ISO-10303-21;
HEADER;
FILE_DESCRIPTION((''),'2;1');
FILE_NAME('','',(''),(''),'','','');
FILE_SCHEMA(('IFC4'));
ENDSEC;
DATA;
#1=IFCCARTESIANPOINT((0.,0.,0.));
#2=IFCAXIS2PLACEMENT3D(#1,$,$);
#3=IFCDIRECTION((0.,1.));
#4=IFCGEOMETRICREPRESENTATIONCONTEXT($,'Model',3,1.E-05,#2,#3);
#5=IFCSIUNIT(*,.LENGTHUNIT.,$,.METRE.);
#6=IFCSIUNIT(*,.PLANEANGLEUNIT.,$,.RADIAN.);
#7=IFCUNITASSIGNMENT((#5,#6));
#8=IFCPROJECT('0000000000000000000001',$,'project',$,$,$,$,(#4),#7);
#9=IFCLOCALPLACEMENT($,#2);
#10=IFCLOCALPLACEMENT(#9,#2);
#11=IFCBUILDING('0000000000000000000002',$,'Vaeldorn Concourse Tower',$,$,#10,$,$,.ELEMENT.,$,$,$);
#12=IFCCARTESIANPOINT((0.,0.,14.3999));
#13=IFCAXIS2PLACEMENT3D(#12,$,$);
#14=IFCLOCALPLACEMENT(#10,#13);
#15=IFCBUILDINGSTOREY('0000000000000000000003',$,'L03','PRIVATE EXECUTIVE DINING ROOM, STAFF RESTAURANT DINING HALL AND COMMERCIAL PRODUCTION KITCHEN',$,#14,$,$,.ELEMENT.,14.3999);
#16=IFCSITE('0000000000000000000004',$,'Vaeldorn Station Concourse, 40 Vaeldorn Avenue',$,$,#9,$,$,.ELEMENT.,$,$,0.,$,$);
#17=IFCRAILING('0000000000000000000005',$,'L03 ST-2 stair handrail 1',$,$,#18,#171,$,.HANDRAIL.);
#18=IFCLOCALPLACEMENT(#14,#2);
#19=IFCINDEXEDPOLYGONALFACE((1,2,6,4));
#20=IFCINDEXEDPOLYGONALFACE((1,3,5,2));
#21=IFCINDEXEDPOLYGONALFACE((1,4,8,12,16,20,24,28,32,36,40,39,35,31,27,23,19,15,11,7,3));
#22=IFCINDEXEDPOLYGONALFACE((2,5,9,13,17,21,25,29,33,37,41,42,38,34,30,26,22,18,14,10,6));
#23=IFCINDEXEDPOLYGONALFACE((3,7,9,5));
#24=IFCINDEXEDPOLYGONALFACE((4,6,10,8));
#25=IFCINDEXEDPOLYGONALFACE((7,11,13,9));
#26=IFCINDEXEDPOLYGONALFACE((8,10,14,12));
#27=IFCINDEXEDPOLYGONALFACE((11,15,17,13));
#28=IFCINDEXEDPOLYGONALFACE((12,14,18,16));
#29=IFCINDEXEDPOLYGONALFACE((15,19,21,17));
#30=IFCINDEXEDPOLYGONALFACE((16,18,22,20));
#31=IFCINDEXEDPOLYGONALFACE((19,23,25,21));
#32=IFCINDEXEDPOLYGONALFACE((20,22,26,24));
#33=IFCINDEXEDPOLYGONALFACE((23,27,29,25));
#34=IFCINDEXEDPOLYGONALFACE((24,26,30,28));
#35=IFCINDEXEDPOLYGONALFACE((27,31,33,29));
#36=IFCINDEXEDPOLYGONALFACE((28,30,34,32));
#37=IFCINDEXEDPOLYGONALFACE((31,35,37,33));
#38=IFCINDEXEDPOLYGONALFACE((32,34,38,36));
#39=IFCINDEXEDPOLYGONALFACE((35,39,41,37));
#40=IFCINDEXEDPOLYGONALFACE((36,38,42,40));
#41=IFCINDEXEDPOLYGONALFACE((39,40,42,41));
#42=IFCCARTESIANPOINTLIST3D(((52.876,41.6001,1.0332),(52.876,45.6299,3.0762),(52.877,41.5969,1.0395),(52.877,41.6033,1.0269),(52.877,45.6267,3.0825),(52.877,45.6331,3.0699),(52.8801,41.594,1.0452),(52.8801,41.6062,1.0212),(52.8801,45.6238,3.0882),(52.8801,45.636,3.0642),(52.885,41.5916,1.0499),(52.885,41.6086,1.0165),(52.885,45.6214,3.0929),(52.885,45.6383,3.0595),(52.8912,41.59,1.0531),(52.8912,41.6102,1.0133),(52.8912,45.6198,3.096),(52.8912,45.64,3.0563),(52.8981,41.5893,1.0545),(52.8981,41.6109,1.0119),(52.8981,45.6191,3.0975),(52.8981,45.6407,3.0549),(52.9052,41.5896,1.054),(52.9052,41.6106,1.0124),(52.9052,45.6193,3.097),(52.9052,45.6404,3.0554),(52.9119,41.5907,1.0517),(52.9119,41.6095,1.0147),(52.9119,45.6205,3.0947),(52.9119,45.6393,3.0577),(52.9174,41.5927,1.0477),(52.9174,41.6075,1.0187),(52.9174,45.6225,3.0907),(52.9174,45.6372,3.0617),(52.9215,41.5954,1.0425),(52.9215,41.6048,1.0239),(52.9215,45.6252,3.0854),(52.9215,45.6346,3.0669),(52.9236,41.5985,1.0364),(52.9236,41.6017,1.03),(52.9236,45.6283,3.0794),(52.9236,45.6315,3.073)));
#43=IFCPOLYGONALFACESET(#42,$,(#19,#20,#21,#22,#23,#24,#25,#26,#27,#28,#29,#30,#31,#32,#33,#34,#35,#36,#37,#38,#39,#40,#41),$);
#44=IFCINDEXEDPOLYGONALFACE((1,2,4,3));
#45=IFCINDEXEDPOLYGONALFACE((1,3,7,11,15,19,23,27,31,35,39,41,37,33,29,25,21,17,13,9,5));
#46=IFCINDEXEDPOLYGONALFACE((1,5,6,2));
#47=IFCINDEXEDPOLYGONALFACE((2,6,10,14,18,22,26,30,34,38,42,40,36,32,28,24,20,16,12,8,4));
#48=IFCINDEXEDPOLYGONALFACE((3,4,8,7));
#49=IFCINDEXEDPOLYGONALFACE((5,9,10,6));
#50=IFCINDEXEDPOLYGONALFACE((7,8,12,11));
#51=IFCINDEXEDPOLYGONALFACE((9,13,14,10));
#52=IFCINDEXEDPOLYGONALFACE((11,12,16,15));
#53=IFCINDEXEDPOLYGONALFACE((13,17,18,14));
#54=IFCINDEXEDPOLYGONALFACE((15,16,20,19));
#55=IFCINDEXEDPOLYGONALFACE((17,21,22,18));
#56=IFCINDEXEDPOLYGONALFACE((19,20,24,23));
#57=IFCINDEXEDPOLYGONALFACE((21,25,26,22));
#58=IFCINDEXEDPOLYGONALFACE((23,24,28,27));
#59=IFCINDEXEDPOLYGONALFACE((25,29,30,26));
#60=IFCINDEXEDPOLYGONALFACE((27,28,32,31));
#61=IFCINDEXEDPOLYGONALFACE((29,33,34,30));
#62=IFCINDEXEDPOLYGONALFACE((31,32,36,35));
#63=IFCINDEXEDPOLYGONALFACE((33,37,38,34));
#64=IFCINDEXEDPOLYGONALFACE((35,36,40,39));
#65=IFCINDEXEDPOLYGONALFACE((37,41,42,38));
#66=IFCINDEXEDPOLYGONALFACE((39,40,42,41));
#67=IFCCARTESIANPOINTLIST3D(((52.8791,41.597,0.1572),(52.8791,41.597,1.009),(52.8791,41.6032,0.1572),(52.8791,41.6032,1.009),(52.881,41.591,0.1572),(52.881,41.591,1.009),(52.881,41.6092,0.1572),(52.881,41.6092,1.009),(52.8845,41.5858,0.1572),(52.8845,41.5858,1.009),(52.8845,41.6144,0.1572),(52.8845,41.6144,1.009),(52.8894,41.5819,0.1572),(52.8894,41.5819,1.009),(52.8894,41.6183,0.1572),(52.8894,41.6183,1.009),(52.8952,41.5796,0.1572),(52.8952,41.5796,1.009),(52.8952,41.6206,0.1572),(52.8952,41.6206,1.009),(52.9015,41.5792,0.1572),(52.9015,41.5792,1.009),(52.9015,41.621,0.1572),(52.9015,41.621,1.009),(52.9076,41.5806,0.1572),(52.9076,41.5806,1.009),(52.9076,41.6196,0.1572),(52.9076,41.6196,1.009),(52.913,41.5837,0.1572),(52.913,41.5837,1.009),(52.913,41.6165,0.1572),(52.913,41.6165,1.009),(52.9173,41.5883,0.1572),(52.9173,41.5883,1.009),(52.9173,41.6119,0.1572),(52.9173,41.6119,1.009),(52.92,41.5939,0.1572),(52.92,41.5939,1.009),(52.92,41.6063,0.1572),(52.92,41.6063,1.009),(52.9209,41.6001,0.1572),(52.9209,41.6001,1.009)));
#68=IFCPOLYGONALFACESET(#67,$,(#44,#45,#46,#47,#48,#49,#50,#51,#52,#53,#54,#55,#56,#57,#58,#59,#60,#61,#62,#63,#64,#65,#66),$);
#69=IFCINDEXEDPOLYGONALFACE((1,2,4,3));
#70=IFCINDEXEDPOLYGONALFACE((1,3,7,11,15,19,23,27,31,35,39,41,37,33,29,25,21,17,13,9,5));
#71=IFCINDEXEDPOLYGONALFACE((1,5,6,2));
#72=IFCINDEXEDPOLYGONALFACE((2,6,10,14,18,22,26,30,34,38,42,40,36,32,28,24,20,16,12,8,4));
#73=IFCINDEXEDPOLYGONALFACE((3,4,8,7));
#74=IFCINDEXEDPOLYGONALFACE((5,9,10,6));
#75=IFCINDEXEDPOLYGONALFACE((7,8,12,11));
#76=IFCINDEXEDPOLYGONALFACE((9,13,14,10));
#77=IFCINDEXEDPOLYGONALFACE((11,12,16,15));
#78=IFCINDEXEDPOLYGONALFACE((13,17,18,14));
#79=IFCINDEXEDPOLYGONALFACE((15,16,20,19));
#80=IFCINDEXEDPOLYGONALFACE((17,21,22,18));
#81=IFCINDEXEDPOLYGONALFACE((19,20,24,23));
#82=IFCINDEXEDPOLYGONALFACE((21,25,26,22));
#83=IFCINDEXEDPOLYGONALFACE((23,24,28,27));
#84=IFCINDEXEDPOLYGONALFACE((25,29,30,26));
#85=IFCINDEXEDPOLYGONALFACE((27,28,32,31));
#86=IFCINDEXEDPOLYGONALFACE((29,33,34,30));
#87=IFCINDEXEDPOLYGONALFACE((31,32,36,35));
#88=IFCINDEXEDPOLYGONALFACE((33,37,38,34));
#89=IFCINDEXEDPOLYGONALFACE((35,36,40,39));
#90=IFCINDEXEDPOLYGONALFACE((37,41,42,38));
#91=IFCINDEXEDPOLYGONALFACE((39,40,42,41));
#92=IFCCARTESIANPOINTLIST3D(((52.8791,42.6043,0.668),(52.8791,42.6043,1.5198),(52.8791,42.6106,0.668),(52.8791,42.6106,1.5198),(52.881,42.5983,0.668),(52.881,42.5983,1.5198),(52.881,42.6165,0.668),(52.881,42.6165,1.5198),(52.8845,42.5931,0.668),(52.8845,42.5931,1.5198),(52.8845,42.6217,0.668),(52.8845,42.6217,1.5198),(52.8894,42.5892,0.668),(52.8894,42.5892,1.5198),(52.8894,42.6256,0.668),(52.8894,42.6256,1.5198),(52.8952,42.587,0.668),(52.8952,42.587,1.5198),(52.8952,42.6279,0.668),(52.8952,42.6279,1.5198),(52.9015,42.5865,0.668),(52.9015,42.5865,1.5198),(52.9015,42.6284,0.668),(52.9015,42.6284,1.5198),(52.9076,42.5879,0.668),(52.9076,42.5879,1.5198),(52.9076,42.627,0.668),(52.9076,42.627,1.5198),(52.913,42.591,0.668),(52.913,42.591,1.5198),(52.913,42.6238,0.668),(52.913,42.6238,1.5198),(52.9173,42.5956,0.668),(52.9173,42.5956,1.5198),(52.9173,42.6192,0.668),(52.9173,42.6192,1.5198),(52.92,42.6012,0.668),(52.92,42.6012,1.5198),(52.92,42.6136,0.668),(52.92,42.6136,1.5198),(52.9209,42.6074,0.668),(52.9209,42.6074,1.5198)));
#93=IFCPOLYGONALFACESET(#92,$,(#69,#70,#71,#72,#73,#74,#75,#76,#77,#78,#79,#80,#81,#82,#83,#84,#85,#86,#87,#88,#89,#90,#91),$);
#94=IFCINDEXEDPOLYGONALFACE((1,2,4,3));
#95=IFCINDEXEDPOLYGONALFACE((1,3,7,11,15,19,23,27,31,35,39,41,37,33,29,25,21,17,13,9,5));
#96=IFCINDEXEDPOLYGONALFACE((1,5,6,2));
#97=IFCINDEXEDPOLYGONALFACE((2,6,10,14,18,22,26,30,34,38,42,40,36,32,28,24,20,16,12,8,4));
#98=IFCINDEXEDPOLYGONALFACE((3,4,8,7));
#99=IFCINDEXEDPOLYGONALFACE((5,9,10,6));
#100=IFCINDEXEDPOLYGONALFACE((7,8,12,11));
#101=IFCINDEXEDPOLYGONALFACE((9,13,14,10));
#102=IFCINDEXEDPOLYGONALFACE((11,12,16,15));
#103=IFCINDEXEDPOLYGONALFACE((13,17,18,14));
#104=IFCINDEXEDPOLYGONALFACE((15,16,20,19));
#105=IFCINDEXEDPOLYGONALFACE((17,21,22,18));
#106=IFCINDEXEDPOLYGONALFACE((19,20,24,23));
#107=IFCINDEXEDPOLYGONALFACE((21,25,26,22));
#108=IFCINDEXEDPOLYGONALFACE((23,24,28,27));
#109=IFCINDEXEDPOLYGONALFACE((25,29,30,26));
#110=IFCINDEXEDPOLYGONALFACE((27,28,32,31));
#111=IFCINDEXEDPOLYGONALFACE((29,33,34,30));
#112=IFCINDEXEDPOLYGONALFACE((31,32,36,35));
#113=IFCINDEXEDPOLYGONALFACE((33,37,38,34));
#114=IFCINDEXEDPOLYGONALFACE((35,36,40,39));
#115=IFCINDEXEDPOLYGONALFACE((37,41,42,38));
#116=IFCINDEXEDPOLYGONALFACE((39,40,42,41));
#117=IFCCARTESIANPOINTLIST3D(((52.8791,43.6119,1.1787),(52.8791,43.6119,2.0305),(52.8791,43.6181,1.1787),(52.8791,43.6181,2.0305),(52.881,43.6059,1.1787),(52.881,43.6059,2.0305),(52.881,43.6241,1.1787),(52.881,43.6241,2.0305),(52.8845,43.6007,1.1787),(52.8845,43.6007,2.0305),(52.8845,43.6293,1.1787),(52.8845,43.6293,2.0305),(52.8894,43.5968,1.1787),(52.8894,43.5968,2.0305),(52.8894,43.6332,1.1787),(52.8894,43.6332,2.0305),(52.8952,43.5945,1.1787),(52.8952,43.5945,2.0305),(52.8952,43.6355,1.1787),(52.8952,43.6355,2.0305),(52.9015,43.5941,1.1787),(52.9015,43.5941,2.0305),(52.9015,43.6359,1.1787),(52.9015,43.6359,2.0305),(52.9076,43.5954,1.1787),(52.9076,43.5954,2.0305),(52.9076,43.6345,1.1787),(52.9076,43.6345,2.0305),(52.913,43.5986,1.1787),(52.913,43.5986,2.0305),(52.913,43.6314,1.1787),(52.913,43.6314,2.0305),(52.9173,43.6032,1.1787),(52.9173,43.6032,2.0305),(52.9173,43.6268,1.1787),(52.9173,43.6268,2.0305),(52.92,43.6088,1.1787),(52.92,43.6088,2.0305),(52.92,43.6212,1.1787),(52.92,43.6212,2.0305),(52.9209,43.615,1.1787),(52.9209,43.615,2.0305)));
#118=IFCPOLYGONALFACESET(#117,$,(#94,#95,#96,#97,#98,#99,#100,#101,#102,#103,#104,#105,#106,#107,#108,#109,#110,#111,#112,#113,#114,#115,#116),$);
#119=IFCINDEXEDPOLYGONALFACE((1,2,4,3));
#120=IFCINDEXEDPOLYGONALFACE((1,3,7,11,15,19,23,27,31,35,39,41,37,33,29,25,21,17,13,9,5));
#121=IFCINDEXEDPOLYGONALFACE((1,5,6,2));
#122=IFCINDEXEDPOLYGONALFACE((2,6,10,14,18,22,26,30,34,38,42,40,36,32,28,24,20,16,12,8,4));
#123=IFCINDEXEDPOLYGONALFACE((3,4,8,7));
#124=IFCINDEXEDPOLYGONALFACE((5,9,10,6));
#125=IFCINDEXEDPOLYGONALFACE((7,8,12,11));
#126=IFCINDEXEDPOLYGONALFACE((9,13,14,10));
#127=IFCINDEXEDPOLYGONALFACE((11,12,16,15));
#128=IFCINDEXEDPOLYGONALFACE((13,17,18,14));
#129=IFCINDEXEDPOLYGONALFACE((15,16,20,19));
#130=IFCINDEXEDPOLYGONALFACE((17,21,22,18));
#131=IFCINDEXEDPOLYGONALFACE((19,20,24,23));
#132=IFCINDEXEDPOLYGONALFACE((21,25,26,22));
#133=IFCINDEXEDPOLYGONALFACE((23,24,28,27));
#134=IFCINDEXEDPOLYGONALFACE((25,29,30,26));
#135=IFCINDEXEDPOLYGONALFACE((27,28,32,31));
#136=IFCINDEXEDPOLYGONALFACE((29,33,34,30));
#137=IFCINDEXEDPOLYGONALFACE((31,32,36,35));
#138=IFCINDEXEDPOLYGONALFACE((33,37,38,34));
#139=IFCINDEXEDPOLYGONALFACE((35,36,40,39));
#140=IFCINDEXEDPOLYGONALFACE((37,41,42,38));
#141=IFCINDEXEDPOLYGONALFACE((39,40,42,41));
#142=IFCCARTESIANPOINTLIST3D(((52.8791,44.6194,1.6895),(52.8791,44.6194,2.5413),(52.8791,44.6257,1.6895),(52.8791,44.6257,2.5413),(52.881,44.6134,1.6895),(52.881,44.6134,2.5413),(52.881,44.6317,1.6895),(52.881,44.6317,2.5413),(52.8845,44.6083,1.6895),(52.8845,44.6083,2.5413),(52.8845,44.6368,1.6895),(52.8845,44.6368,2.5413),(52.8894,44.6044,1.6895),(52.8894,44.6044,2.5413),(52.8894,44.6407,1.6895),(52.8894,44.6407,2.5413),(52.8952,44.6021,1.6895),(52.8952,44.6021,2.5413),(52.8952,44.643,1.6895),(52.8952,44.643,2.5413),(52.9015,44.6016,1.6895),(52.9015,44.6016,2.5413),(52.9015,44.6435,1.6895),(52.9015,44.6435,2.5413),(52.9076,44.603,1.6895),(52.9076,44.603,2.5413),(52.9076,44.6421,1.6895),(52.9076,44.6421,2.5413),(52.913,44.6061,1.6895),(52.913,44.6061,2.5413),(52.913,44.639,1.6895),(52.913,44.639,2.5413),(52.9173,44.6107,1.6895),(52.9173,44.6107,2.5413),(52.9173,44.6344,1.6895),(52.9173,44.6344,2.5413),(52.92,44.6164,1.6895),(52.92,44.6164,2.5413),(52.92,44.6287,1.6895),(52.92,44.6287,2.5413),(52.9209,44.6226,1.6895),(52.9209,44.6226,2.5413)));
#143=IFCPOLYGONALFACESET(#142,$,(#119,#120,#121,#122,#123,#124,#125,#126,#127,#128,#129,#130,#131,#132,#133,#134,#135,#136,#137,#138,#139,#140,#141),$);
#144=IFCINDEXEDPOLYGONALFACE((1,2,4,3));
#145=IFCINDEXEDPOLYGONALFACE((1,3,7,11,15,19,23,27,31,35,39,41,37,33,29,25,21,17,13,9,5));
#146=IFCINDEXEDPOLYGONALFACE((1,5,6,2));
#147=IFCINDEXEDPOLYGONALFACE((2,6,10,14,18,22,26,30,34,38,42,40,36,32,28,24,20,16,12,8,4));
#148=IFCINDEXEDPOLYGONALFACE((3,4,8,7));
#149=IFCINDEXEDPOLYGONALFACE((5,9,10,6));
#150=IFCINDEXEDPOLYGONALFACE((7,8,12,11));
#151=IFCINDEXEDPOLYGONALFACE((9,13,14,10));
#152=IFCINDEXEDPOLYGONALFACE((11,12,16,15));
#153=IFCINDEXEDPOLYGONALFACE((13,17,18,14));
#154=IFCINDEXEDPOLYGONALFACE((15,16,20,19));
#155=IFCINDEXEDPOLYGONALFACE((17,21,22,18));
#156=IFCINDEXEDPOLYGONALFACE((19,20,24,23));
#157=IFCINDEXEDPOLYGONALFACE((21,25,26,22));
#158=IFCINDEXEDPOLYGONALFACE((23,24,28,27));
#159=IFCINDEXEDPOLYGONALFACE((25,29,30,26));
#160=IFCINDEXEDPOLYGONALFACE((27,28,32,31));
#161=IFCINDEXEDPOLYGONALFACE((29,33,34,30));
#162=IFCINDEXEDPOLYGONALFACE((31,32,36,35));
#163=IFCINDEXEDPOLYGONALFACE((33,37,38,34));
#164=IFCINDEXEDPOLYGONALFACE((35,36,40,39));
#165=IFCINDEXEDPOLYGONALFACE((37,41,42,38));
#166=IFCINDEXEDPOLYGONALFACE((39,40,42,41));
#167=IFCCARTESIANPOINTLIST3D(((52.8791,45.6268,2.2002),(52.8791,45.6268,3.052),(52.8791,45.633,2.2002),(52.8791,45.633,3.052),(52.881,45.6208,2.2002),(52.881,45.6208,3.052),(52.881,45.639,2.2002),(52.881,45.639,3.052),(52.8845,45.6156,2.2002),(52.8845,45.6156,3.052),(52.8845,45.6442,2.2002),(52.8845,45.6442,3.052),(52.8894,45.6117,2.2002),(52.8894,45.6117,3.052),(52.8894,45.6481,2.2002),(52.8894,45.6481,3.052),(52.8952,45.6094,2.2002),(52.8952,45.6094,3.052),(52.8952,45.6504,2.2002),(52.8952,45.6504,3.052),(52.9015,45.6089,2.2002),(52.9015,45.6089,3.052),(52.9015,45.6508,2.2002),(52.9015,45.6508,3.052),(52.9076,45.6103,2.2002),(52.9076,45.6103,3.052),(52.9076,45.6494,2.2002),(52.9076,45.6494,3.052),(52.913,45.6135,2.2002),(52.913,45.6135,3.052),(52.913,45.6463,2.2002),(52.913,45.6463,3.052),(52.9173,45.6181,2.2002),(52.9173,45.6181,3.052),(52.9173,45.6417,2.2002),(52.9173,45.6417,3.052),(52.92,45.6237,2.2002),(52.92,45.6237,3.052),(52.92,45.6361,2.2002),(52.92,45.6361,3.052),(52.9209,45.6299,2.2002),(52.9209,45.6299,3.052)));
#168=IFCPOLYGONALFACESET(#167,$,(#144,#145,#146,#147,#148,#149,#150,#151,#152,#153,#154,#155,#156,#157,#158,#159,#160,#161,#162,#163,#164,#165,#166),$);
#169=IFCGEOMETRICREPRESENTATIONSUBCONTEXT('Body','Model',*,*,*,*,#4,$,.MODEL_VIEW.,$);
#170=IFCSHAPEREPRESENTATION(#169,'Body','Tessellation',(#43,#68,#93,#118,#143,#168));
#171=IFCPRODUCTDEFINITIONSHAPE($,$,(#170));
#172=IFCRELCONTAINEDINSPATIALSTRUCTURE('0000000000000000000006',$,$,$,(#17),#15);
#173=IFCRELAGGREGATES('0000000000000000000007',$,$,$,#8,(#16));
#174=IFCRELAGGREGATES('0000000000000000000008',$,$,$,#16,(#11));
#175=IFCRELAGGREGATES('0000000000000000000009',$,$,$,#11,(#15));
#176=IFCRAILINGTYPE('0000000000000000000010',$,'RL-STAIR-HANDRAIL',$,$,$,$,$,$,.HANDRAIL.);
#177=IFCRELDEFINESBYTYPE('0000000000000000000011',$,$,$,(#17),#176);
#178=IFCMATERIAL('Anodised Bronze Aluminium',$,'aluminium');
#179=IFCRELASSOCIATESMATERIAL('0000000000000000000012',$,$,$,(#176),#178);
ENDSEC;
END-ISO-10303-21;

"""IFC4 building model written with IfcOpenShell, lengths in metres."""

from ifc_helpers import new_model, si_unit, direction, frame, origin, origin_2d, place, context, subcontext, project, spatial, circle, extrude, material, type_object, element, save


model = new_model("IFC4")

# Units and contexts
model_context = context("Model", 3, precision=1e-05, world=origin(), true_north=direction((0.0, 1.0)))
body_context = subcontext(model_context, "Body", "Model", "MODEL_VIEW")
ifc_project = project(units=[si_unit("LENGTHUNIT", "METRE"), si_unit("PLANEANGLEUNIT", "RADIAN")], contexts=[model_context])

# Site, building, storey
site_placement = place(None, origin())
site = spatial("IfcSite", under=ifc_project, at=site_placement, Name="Vaeldorn Station Concourse, 40 Vaeldorn Avenue", CompositionType="ELEMENT", RefElevation=0.0)
building_placement = place(site_placement, origin())
building = spatial("IfcBuilding", under=site, at=building_placement, Name="Vaeldorn Concourse Tower", CompositionType="ELEMENT")
storey_placement = place(building_placement, frame((0.0, 0.0, 14.3999)))
storey = spatial("IfcBuildingStorey", under=building, at=storey_placement, Name="L03", Description="PRIVATE EXECUTIVE DINING ROOM, STAFF RESTAURANT DINING HALL AND COMMERCIAL PRODUCTION KITCHEN", CompositionType="ELEMENT", Elevation=14.3999)

# Shared definitions
ifc_material_1 = material(Name="Anodised Bronze Aluminium", Category="aluminium")

# Railing
railing_type_1 = type_object("IfcRailingType", Name="RL-STAIR-HANDRAIL", PredefinedType="HANDRAIL", material=ifc_material_1)
railing_1_placement = place(storey_placement, frame((52.8999, 41.6001, 0.1572)))
element("IfcRailing", 1, at=railing_1_placement, inside=storey, type_object=railing_type_1, Name="L03 ST-2 stair handrail 1", PredefinedType="HANDRAIL", context=body_context, shape_type="SweptSolid", body=[
    extrude(circle(Radius=0.0239, at=origin_2d()), frame((0.0, 0.0, 0.876), z_axis=(0.0, 0.891928, 0.452178), x_axis=(-1.0, 0.0, 0.0)), (0.0, 0.0, 1.0), 4.5181),
    extrude(circle(Radius=0.021, at=origin_2d()), origin(), (0.0, 0.0, 1.0), 0.8518),
    extrude(circle(Radius=0.021, at=origin_2d()), frame((0.0, 1.0073, 0.5107)), (0.0, 0.0, 1.0), 0.8518),
    extrude(circle(Radius=0.021, at=origin_2d()), frame((0.0, 2.0149, 1.0215)), (0.0, 0.0, 1.0), 0.8518),
    extrude(circle(Radius=0.021, at=origin_2d()), frame((0.0, 3.0225, 1.5322)), (0.0, 0.0, 1.0), 0.8518),
    extrude(circle(Radius=0.021, at=origin_2d()), frame((0.0, 4.0298, 2.043)), (0.0, 0.0, 1.0), 0.8518),
])

save(model, "model.ifc")
